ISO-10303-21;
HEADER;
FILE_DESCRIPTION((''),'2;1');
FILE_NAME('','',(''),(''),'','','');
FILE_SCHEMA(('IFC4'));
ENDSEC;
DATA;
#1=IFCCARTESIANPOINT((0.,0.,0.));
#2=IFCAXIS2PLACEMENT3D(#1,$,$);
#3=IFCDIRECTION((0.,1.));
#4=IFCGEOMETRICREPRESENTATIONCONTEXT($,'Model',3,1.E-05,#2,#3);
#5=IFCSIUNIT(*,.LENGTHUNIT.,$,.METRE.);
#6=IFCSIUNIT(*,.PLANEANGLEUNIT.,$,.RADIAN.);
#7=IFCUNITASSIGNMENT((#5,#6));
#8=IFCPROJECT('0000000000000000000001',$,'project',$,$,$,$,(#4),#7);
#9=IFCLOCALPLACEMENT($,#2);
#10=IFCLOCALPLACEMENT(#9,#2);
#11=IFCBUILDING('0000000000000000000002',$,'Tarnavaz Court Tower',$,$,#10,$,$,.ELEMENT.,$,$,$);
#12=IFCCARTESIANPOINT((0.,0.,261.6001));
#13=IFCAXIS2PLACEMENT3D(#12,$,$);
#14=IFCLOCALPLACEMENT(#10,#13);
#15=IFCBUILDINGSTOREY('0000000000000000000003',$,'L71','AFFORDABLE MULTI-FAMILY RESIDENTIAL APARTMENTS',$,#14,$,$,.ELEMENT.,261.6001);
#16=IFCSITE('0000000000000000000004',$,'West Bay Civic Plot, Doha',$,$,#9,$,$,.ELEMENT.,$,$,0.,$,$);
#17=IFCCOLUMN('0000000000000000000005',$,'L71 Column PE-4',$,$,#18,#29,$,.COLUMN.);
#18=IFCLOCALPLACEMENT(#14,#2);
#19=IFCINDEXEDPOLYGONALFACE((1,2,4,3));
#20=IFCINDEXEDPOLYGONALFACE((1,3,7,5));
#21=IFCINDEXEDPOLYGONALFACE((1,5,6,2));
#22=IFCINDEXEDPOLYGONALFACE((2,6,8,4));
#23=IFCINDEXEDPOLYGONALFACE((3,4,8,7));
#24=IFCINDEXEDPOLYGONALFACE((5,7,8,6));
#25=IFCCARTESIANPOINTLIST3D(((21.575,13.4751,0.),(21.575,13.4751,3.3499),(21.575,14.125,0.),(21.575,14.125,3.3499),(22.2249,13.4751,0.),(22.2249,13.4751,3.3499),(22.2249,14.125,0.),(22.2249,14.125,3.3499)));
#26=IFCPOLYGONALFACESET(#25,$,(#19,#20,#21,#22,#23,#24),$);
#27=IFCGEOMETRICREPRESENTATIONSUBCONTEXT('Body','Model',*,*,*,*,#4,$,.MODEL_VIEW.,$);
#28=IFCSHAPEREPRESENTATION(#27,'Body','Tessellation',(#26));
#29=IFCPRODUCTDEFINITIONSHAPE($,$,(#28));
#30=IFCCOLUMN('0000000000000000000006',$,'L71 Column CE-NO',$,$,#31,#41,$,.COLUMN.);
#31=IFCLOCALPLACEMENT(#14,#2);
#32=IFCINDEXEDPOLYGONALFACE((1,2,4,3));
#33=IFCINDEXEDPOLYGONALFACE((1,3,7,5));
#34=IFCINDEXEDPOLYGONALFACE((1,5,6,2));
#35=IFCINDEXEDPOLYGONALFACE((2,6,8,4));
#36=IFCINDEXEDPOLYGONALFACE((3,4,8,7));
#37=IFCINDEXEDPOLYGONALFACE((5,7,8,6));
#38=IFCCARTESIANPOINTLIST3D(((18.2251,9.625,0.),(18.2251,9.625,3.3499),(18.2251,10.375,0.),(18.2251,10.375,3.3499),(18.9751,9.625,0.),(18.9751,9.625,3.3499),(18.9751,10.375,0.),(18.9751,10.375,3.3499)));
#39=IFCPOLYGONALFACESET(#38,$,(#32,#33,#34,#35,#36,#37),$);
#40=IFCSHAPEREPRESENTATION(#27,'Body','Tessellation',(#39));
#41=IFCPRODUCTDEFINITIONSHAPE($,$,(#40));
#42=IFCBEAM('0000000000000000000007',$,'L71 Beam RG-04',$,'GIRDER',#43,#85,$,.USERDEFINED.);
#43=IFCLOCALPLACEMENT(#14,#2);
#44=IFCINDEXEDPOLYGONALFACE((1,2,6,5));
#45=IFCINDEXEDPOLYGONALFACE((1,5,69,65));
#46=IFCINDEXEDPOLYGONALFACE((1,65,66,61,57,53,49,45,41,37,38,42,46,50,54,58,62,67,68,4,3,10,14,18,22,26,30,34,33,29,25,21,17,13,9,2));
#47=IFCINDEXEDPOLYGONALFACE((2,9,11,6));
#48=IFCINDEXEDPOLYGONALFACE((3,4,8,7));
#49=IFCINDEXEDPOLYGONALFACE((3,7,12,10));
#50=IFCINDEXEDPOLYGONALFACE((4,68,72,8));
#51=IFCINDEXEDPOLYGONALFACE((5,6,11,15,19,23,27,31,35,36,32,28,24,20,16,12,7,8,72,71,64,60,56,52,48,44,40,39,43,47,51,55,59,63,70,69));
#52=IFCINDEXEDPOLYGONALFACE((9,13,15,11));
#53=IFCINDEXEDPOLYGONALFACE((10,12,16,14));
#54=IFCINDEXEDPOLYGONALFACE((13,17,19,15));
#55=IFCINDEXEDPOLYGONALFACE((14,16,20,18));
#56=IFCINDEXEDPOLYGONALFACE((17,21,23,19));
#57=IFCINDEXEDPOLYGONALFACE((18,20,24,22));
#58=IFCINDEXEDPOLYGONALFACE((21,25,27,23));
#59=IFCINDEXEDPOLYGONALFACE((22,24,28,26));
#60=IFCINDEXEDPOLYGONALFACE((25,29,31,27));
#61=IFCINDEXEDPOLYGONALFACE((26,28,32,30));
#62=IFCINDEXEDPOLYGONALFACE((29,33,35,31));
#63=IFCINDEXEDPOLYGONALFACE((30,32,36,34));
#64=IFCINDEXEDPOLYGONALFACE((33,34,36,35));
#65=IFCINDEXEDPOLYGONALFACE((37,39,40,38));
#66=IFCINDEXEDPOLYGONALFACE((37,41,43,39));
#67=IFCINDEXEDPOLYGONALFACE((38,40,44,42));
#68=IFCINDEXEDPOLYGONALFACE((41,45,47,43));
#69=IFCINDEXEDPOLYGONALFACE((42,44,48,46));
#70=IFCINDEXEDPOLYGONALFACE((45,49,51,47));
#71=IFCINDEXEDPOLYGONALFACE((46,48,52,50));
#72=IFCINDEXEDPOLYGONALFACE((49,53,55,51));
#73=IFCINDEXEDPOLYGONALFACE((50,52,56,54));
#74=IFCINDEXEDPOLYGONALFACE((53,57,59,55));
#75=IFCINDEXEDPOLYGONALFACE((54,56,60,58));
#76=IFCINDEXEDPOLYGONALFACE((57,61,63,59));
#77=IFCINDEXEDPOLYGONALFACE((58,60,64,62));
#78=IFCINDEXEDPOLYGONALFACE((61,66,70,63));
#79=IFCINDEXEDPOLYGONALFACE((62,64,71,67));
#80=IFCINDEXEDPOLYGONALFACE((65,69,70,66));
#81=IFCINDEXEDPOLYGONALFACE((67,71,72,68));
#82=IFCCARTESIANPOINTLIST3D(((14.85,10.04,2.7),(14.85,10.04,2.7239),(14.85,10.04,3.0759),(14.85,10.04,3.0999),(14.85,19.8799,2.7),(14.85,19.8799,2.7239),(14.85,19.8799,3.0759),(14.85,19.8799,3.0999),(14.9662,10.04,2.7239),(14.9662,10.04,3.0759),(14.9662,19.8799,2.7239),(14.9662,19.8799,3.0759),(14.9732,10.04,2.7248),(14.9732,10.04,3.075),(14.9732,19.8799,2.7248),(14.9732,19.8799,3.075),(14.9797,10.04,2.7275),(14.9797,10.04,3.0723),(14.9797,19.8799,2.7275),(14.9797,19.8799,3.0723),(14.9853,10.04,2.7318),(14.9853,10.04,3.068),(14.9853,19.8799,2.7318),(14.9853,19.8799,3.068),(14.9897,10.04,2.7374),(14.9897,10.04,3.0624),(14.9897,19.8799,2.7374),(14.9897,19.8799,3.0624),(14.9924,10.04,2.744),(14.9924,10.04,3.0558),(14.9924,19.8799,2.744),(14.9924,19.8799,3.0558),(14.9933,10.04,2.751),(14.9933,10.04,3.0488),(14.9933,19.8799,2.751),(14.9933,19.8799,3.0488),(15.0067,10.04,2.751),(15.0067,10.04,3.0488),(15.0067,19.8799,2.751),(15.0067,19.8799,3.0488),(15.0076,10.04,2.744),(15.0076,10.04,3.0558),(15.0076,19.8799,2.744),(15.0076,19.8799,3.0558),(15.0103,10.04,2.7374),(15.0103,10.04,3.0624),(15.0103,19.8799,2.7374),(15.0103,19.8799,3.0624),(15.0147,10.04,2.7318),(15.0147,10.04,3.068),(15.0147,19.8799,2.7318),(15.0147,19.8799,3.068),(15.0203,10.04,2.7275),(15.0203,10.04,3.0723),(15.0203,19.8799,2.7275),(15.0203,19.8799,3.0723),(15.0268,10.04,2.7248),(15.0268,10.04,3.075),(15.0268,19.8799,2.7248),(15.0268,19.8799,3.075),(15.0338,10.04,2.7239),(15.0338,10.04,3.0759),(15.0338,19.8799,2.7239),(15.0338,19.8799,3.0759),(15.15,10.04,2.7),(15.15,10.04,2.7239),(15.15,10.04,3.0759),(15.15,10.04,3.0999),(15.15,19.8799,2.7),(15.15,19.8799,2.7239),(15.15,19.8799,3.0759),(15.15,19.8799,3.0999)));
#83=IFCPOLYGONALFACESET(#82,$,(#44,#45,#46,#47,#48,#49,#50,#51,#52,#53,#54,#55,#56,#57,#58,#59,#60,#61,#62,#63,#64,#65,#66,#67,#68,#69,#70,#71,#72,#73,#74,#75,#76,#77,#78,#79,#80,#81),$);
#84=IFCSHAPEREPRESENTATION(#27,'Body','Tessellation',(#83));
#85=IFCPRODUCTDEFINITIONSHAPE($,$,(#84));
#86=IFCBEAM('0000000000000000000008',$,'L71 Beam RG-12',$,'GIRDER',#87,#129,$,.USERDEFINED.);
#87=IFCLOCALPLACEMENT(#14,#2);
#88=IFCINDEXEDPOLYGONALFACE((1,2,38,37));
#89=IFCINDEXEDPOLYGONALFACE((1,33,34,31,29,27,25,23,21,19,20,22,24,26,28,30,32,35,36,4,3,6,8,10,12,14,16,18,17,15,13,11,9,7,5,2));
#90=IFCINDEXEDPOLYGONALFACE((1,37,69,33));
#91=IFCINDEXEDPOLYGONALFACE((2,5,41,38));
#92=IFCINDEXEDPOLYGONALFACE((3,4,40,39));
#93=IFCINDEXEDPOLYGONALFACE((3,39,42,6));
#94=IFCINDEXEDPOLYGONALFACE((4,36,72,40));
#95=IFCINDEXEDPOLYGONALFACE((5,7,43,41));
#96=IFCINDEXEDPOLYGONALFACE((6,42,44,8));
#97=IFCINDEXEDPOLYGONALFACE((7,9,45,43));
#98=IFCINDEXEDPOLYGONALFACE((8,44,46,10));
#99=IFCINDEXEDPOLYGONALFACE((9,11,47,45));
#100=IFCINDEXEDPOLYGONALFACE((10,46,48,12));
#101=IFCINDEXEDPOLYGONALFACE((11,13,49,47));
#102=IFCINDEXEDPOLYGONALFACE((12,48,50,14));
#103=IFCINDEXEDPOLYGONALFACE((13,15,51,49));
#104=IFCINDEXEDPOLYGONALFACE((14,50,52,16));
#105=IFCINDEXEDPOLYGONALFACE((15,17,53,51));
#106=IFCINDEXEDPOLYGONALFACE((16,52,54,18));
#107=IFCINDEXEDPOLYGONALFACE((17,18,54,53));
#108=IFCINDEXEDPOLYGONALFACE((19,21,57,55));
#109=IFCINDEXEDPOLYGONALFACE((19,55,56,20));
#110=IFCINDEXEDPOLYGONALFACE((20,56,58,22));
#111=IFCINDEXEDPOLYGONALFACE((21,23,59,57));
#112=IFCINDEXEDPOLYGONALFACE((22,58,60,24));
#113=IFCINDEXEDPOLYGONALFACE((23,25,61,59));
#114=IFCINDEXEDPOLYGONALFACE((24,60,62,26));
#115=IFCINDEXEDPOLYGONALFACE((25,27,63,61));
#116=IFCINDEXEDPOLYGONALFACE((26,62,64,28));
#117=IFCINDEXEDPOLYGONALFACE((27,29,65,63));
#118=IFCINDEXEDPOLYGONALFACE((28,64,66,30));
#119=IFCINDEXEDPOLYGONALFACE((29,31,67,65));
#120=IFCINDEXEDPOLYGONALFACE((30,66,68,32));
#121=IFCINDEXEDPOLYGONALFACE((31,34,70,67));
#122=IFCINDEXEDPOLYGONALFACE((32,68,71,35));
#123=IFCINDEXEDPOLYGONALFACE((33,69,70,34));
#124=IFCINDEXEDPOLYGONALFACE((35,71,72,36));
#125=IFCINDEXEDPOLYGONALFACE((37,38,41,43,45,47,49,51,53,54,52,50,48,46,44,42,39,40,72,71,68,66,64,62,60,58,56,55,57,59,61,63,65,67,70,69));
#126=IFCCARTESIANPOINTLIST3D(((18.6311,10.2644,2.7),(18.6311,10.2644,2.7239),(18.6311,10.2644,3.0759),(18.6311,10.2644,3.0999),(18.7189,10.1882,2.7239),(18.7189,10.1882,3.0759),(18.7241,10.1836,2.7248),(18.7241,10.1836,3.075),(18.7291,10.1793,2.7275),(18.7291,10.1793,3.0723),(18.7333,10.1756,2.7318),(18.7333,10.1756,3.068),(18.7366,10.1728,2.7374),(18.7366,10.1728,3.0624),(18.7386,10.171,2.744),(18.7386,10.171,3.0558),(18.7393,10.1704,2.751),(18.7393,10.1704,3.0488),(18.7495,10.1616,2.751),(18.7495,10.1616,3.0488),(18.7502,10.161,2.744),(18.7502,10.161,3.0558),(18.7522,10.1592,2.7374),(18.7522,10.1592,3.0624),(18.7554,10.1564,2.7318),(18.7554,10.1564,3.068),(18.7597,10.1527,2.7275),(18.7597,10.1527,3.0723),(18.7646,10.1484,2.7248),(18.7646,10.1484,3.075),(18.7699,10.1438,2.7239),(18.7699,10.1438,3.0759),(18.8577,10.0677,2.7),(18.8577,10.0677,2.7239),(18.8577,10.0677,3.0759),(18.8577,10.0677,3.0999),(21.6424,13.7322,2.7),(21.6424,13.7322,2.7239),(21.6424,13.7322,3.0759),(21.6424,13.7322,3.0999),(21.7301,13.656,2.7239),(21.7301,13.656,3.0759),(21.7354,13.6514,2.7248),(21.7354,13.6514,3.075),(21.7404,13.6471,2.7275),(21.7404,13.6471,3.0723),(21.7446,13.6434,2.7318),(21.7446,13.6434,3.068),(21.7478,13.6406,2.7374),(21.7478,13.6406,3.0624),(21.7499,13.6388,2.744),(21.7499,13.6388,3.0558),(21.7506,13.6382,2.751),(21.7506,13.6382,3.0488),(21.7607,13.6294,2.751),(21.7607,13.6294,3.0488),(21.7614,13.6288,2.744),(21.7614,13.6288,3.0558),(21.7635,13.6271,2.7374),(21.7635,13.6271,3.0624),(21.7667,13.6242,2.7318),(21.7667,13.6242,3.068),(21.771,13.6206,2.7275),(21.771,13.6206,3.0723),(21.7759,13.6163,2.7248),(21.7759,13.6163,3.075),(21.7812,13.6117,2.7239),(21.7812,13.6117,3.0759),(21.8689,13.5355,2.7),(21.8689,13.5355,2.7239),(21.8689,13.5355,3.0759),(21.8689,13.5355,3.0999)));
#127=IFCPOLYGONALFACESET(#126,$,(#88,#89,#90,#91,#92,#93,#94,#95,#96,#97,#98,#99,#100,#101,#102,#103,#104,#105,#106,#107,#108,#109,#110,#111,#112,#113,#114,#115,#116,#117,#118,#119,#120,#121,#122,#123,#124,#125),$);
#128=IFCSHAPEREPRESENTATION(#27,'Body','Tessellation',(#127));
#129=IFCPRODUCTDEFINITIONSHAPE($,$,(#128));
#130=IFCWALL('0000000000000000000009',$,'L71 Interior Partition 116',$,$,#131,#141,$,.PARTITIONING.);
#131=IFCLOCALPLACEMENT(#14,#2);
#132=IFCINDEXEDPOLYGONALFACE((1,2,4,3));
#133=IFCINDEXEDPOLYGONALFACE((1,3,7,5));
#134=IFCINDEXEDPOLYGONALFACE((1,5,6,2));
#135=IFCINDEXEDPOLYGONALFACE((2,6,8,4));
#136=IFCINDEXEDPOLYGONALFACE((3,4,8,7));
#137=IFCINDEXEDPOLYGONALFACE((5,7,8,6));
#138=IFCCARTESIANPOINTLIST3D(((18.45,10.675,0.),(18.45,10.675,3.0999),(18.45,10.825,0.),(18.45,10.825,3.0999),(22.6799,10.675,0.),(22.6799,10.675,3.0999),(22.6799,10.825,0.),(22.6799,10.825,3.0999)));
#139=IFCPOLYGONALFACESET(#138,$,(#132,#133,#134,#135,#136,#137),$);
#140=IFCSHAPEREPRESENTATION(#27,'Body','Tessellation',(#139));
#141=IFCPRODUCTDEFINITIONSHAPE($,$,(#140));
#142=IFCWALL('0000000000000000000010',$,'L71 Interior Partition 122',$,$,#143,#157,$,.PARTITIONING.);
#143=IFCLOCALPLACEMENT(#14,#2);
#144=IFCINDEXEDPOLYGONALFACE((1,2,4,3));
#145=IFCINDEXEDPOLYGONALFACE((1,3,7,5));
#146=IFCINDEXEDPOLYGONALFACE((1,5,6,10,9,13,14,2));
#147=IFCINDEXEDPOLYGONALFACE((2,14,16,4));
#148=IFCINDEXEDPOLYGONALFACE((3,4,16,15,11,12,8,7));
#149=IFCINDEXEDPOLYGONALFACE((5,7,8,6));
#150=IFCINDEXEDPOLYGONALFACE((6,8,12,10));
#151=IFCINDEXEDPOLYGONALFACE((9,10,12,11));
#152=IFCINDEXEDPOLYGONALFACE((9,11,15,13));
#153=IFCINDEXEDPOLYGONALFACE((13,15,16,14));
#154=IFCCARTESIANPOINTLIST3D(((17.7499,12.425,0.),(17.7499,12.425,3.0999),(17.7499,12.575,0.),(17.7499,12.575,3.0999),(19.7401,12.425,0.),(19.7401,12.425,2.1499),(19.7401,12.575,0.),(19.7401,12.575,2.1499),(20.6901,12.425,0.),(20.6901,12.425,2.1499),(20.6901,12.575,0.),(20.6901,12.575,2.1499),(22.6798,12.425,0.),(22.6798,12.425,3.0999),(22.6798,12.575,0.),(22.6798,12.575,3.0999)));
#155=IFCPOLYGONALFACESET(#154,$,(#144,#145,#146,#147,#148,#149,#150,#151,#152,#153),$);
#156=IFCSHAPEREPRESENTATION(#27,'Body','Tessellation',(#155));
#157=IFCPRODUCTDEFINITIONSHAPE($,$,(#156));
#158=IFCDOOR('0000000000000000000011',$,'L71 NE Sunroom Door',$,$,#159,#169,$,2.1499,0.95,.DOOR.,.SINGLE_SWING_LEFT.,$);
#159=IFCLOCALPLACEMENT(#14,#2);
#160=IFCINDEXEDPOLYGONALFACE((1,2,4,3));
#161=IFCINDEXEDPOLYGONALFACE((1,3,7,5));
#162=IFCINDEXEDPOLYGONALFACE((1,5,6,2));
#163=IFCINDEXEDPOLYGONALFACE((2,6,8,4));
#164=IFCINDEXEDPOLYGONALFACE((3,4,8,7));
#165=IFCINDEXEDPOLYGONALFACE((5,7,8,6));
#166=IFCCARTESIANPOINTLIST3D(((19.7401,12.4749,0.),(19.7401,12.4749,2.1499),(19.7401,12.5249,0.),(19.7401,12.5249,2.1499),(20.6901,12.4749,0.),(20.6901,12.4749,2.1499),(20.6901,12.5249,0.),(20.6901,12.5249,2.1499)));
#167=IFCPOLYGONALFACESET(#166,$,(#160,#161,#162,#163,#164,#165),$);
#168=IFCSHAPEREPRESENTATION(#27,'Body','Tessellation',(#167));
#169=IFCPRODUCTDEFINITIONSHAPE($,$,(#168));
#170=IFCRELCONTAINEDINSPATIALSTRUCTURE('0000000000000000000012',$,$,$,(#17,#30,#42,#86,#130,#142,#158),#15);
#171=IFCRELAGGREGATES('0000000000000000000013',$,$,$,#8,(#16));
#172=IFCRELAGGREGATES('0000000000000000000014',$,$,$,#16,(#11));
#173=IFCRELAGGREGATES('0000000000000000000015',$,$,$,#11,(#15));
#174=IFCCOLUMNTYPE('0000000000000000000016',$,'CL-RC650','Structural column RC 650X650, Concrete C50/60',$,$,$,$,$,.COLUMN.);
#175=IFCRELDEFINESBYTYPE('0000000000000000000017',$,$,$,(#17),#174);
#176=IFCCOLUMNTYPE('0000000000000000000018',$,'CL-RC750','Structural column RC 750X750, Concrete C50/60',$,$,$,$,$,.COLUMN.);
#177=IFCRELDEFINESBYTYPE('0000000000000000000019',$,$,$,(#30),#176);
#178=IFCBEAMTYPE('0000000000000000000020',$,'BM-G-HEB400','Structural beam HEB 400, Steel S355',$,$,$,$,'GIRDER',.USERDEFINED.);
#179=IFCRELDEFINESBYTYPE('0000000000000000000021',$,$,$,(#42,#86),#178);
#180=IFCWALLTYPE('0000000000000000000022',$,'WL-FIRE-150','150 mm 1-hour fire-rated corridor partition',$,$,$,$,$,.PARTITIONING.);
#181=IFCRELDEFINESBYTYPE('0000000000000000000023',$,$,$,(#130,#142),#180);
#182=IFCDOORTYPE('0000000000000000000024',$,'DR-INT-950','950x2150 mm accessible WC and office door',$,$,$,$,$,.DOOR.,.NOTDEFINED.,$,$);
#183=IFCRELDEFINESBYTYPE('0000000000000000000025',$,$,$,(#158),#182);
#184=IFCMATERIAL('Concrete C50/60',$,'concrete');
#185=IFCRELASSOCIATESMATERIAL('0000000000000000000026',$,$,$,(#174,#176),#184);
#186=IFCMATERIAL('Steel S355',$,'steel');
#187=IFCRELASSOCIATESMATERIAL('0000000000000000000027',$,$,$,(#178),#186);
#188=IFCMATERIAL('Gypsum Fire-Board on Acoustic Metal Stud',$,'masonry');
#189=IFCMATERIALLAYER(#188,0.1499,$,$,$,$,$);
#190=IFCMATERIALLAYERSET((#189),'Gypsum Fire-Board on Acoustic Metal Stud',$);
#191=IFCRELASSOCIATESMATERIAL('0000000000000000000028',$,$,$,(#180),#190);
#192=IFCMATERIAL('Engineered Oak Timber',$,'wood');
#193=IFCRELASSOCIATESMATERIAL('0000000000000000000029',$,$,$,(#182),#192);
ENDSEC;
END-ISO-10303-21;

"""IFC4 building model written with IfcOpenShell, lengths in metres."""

from ifc_helpers import new_model, si_unit, direction, frame, frame_2d, origin, origin_2d, place, context, subcontext, project, spatial, rectangle, i_section, extrude, material, layer, layer_set, material_profile, profile_set, type_object, element, fill, save


model = new_model("IFC4")

# Units and contexts
model_context = context("Model", 3, precision=1e-05, world=origin(), true_north=direction((0.0, 1.0)))
body_context = subcontext(model_context, "Body", "Model", "MODEL_VIEW")
ifc_project = project(units=[si_unit("LENGTHUNIT", "METRE"), si_unit("PLANEANGLEUNIT", "RADIAN")], contexts=[model_context])

# Site, building, storey
site_placement = place(None, origin())
site = spatial("IfcSite", under=ifc_project, at=site_placement, Name="West Bay Civic Plot, Doha", CompositionType="ELEMENT", RefElevation=0.0)
building_placement = place(site_placement, origin())
building = spatial("IfcBuilding", under=site, at=building_placement, Name="Tarnavaz Court Tower", CompositionType="ELEMENT")
storey_placement = place(building_placement, frame((0.0, 0.0, 261.6001)))
storey = spatial("IfcBuildingStorey", under=building, at=storey_placement, Name="L71", Description="AFFORDABLE MULTI-FAMILY RESIDENTIAL APARTMENTS", CompositionType="ELEMENT", Elevation=261.6001)

# Columns
ifc_material_1 = material(Name="Concrete C50/60", Category="concrete")
ifc_material_profile_1 = material_profile(ifc_material_1, rectangle(XDim=0.6499, YDim=0.6499, at=origin_2d()), Name="RC 650X650")
ifc_profile_set_1 = profile_set([ifc_material_profile_1], Name="Concrete C50/60")
column_type_1 = type_object("IfcColumnType", Name="CL-RC650", Description="Structural column RC 650X650, Concrete C50/60", PredefinedType="COLUMN", material=ifc_profile_set_1)
column_1_placement = place(storey_placement, frame((21.8999, 13.8, 0.0), z_axis=(0.0, 0.0, 1.0), x_axis=(1.0, 0.0, 0.0)))
element("IfcColumn", 1, at=column_1_placement, inside=storey, type_object=column_type_1, Name="L71 Column PE-4", PredefinedType="COLUMN", context=body_context, shape_type="SweptSolid", body=[
    extrude(rectangle(XDim=0.6499, YDim=0.6499, at=origin_2d()), origin(), (0.0, 0.0, 1.0), 3.3499),
])
ifc_material_profile_2 = material_profile(ifc_material_1, rectangle(XDim=0.75, YDim=0.75, at=origin_2d()), Name="RC 750X750")
ifc_profile_set_2 = profile_set([ifc_material_profile_2], Name="Concrete C50/60")
column_type_2 = type_object("IfcColumnType", Name="CL-RC750", Description="Structural column RC 750X750, Concrete C50/60", PredefinedType="COLUMN", material=ifc_profile_set_2)
column_2_placement = place(storey_placement, frame((18.6001, 10.0, 0.0), z_axis=(0.0, 0.0, 1.0), x_axis=(1.0, 0.0, 0.0)))
element("IfcColumn", 2, at=column_2_placement, inside=storey, type_object=column_type_2, Name="L71 Column CE-NO", PredefinedType="COLUMN", context=body_context, shape_type="SweptSolid", body=[
    extrude(rectangle(XDim=0.75, YDim=0.75, at=origin_2d()), origin(), (0.0, 0.0, 1.0), 3.3499),
])

# Beams
ifc_material_2 = material(Name="Steel S355", Category="steel")
ifc_material_profile_3 = material_profile(ifc_material_2, i_section(OverallWidth=0.3, OverallDepth=0.3999, WebThickness=0.0134, FlangeThickness=0.0239, FilletRadius=0.0271, at=origin_2d()), Name="HEB 400")
ifc_profile_set_3 = profile_set([ifc_material_profile_3], Name="Steel S355")
beam_type = type_object("IfcBeamType", Name="BM-G-HEB400", Description="Structural beam HEB 400, Steel S355", ElementType="GIRDER", PredefinedType="USERDEFINED", material=ifc_profile_set_3)
beam_1_placement = place(storey_placement, frame((15.0, 10.04, 2.8999), z_axis=(0.0, 1.0, 0.0), x_axis=(-1.0, 0.0, 0.0)))
element("IfcBeam", 3, at=beam_1_placement, inside=storey, type_object=beam_type, Name="L71 Beam RG-04", ObjectType="GIRDER", PredefinedType="USERDEFINED", context=body_context, shape_type="SweptSolid", body=[
    extrude(i_section(OverallWidth=0.3, OverallDepth=0.3999, WebThickness=0.0134, FlangeThickness=0.0239, FilletRadius=0.0271, at=origin_2d()), origin(), (0.0, 0.0, 1.0), 9.8398),
])
beam_2_placement = place(storey_placement, frame((18.7444, 10.166, 2.8999), z_axis=(0.655655, 0.755061, 0.0), x_axis=(-0.755061, 0.655655, 0.0)))
element("IfcBeam", 4, at=beam_2_placement, inside=storey, type_object=beam_type, Name="L71 Beam RG-12", ObjectType="GIRDER", PredefinedType="USERDEFINED", context=body_context, shape_type="SweptSolid", body=[
    extrude(i_section(OverallWidth=0.3, OverallDepth=0.3999, WebThickness=0.0134, FlangeThickness=0.0239, FilletRadius=0.0271, at=origin_2d()), origin(), (0.0, 0.0, 1.0), 4.5928),
])

# Wall
ifc_material_3 = material(Name="Gypsum Fire-Board on Acoustic Metal Stud", Category="masonry")
ifc_layer_1 = layer(ifc_material_3, 0.1499)
ifc_layer_set_1 = layer_set([ifc_layer_1], Name="Gypsum Fire-Board on Acoustic Metal Stud")
wall_type_1 = type_object("IfcWallType", Name="WL-FIRE-150", Description="150 mm 1-hour fire-rated corridor partition", PredefinedType="PARTITIONING", material=ifc_layer_set_1)
wall_1_placement = place(storey_placement, frame((18.45, 10.75, 0.0), z_axis=(0.0, 0.0, 1.0), x_axis=(1.0, 0.0, 0.0)))
element("IfcWall", 5, at=wall_1_placement, inside=storey, type_object=wall_type_1, Name="L71 Interior Partition 116", PredefinedType="PARTITIONING", context=body_context, shape_type="SweptSolid", body=[
    extrude(rectangle(XDim=4.23, YDim=0.1499, at=frame_2d((2.115, 0.0))), origin(), (0.0, 0.0, 1.0), 3.0999),
])

# Wall, opening, door
wall_2_placement = place(storey_placement, frame((17.75, 12.5, 0.0), z_axis=(0.0, 0.0, 1.0), x_axis=(1.0, 0.0, 0.0)))
wall_2 = element("IfcWall", 6, at=wall_2_placement, inside=storey, type_object=wall_type_1, Name="L71 Interior Partition 122", PredefinedType="PARTITIONING", context=body_context, shape_type="SweptSolid", body=[
    extrude(rectangle(XDim=4.9299, YDim=0.1499, at=frame_2d((2.4648, 0.0))), origin(), (0.0, 0.0, 1.0), 3.0999),
])
opening_1_placement = place(wall_2_placement, frame((1.99, 0.0, 0.0)))
opening_1 = element("IfcOpeningElement", 7, at=opening_1_placement, cuts=wall_2, PredefinedType="OPENING", context=body_context, shape_type="SweptSolid", body=[
    extrude(rectangle(XDim=0.95, YDim=2.1499, at=frame_2d((0.4751, 1.075))), frame((0.0, 0.085, 0.0), z_axis=(0.0, -1.0, 0.0), x_axis=(1.0, 0.0, 0.0)), (0.0, 0.0, 1.0), 0.1699),
])
ifc_material_4 = material(Name="Engineered Oak Timber", Category="wood")
door_type_1 = type_object("IfcDoorType", Name="DR-INT-950", Description="950x2150 mm accessible WC and office door", OperationType="NOTDEFINED", PredefinedType="DOOR", material=ifc_material_4)
door_1_placement = place(opening_1_placement, origin())
door_1 = element("IfcDoor", 8, at=door_1_placement, inside=storey, type_object=door_type_1, Name="L71 NE Sunroom Door", OperationType="SINGLE_SWING_LEFT", OverallHeight=2.1499, OverallWidth=0.95, PredefinedType="DOOR", context=body_context, shape_type="SweptSolid", body=[
    extrude(rectangle(XDim=0.95, YDim=2.1499, at=frame_2d((0.4751, 1.075))), frame((0.0, 0.0249, 0.0), z_axis=(0.0, -1.0, 0.0), x_axis=(1.0, 0.0, 0.0)), (0.0, 0.0, 1.0), 0.05),
])
fill(opening_1, door_1)

save(model, "model.ifc")
